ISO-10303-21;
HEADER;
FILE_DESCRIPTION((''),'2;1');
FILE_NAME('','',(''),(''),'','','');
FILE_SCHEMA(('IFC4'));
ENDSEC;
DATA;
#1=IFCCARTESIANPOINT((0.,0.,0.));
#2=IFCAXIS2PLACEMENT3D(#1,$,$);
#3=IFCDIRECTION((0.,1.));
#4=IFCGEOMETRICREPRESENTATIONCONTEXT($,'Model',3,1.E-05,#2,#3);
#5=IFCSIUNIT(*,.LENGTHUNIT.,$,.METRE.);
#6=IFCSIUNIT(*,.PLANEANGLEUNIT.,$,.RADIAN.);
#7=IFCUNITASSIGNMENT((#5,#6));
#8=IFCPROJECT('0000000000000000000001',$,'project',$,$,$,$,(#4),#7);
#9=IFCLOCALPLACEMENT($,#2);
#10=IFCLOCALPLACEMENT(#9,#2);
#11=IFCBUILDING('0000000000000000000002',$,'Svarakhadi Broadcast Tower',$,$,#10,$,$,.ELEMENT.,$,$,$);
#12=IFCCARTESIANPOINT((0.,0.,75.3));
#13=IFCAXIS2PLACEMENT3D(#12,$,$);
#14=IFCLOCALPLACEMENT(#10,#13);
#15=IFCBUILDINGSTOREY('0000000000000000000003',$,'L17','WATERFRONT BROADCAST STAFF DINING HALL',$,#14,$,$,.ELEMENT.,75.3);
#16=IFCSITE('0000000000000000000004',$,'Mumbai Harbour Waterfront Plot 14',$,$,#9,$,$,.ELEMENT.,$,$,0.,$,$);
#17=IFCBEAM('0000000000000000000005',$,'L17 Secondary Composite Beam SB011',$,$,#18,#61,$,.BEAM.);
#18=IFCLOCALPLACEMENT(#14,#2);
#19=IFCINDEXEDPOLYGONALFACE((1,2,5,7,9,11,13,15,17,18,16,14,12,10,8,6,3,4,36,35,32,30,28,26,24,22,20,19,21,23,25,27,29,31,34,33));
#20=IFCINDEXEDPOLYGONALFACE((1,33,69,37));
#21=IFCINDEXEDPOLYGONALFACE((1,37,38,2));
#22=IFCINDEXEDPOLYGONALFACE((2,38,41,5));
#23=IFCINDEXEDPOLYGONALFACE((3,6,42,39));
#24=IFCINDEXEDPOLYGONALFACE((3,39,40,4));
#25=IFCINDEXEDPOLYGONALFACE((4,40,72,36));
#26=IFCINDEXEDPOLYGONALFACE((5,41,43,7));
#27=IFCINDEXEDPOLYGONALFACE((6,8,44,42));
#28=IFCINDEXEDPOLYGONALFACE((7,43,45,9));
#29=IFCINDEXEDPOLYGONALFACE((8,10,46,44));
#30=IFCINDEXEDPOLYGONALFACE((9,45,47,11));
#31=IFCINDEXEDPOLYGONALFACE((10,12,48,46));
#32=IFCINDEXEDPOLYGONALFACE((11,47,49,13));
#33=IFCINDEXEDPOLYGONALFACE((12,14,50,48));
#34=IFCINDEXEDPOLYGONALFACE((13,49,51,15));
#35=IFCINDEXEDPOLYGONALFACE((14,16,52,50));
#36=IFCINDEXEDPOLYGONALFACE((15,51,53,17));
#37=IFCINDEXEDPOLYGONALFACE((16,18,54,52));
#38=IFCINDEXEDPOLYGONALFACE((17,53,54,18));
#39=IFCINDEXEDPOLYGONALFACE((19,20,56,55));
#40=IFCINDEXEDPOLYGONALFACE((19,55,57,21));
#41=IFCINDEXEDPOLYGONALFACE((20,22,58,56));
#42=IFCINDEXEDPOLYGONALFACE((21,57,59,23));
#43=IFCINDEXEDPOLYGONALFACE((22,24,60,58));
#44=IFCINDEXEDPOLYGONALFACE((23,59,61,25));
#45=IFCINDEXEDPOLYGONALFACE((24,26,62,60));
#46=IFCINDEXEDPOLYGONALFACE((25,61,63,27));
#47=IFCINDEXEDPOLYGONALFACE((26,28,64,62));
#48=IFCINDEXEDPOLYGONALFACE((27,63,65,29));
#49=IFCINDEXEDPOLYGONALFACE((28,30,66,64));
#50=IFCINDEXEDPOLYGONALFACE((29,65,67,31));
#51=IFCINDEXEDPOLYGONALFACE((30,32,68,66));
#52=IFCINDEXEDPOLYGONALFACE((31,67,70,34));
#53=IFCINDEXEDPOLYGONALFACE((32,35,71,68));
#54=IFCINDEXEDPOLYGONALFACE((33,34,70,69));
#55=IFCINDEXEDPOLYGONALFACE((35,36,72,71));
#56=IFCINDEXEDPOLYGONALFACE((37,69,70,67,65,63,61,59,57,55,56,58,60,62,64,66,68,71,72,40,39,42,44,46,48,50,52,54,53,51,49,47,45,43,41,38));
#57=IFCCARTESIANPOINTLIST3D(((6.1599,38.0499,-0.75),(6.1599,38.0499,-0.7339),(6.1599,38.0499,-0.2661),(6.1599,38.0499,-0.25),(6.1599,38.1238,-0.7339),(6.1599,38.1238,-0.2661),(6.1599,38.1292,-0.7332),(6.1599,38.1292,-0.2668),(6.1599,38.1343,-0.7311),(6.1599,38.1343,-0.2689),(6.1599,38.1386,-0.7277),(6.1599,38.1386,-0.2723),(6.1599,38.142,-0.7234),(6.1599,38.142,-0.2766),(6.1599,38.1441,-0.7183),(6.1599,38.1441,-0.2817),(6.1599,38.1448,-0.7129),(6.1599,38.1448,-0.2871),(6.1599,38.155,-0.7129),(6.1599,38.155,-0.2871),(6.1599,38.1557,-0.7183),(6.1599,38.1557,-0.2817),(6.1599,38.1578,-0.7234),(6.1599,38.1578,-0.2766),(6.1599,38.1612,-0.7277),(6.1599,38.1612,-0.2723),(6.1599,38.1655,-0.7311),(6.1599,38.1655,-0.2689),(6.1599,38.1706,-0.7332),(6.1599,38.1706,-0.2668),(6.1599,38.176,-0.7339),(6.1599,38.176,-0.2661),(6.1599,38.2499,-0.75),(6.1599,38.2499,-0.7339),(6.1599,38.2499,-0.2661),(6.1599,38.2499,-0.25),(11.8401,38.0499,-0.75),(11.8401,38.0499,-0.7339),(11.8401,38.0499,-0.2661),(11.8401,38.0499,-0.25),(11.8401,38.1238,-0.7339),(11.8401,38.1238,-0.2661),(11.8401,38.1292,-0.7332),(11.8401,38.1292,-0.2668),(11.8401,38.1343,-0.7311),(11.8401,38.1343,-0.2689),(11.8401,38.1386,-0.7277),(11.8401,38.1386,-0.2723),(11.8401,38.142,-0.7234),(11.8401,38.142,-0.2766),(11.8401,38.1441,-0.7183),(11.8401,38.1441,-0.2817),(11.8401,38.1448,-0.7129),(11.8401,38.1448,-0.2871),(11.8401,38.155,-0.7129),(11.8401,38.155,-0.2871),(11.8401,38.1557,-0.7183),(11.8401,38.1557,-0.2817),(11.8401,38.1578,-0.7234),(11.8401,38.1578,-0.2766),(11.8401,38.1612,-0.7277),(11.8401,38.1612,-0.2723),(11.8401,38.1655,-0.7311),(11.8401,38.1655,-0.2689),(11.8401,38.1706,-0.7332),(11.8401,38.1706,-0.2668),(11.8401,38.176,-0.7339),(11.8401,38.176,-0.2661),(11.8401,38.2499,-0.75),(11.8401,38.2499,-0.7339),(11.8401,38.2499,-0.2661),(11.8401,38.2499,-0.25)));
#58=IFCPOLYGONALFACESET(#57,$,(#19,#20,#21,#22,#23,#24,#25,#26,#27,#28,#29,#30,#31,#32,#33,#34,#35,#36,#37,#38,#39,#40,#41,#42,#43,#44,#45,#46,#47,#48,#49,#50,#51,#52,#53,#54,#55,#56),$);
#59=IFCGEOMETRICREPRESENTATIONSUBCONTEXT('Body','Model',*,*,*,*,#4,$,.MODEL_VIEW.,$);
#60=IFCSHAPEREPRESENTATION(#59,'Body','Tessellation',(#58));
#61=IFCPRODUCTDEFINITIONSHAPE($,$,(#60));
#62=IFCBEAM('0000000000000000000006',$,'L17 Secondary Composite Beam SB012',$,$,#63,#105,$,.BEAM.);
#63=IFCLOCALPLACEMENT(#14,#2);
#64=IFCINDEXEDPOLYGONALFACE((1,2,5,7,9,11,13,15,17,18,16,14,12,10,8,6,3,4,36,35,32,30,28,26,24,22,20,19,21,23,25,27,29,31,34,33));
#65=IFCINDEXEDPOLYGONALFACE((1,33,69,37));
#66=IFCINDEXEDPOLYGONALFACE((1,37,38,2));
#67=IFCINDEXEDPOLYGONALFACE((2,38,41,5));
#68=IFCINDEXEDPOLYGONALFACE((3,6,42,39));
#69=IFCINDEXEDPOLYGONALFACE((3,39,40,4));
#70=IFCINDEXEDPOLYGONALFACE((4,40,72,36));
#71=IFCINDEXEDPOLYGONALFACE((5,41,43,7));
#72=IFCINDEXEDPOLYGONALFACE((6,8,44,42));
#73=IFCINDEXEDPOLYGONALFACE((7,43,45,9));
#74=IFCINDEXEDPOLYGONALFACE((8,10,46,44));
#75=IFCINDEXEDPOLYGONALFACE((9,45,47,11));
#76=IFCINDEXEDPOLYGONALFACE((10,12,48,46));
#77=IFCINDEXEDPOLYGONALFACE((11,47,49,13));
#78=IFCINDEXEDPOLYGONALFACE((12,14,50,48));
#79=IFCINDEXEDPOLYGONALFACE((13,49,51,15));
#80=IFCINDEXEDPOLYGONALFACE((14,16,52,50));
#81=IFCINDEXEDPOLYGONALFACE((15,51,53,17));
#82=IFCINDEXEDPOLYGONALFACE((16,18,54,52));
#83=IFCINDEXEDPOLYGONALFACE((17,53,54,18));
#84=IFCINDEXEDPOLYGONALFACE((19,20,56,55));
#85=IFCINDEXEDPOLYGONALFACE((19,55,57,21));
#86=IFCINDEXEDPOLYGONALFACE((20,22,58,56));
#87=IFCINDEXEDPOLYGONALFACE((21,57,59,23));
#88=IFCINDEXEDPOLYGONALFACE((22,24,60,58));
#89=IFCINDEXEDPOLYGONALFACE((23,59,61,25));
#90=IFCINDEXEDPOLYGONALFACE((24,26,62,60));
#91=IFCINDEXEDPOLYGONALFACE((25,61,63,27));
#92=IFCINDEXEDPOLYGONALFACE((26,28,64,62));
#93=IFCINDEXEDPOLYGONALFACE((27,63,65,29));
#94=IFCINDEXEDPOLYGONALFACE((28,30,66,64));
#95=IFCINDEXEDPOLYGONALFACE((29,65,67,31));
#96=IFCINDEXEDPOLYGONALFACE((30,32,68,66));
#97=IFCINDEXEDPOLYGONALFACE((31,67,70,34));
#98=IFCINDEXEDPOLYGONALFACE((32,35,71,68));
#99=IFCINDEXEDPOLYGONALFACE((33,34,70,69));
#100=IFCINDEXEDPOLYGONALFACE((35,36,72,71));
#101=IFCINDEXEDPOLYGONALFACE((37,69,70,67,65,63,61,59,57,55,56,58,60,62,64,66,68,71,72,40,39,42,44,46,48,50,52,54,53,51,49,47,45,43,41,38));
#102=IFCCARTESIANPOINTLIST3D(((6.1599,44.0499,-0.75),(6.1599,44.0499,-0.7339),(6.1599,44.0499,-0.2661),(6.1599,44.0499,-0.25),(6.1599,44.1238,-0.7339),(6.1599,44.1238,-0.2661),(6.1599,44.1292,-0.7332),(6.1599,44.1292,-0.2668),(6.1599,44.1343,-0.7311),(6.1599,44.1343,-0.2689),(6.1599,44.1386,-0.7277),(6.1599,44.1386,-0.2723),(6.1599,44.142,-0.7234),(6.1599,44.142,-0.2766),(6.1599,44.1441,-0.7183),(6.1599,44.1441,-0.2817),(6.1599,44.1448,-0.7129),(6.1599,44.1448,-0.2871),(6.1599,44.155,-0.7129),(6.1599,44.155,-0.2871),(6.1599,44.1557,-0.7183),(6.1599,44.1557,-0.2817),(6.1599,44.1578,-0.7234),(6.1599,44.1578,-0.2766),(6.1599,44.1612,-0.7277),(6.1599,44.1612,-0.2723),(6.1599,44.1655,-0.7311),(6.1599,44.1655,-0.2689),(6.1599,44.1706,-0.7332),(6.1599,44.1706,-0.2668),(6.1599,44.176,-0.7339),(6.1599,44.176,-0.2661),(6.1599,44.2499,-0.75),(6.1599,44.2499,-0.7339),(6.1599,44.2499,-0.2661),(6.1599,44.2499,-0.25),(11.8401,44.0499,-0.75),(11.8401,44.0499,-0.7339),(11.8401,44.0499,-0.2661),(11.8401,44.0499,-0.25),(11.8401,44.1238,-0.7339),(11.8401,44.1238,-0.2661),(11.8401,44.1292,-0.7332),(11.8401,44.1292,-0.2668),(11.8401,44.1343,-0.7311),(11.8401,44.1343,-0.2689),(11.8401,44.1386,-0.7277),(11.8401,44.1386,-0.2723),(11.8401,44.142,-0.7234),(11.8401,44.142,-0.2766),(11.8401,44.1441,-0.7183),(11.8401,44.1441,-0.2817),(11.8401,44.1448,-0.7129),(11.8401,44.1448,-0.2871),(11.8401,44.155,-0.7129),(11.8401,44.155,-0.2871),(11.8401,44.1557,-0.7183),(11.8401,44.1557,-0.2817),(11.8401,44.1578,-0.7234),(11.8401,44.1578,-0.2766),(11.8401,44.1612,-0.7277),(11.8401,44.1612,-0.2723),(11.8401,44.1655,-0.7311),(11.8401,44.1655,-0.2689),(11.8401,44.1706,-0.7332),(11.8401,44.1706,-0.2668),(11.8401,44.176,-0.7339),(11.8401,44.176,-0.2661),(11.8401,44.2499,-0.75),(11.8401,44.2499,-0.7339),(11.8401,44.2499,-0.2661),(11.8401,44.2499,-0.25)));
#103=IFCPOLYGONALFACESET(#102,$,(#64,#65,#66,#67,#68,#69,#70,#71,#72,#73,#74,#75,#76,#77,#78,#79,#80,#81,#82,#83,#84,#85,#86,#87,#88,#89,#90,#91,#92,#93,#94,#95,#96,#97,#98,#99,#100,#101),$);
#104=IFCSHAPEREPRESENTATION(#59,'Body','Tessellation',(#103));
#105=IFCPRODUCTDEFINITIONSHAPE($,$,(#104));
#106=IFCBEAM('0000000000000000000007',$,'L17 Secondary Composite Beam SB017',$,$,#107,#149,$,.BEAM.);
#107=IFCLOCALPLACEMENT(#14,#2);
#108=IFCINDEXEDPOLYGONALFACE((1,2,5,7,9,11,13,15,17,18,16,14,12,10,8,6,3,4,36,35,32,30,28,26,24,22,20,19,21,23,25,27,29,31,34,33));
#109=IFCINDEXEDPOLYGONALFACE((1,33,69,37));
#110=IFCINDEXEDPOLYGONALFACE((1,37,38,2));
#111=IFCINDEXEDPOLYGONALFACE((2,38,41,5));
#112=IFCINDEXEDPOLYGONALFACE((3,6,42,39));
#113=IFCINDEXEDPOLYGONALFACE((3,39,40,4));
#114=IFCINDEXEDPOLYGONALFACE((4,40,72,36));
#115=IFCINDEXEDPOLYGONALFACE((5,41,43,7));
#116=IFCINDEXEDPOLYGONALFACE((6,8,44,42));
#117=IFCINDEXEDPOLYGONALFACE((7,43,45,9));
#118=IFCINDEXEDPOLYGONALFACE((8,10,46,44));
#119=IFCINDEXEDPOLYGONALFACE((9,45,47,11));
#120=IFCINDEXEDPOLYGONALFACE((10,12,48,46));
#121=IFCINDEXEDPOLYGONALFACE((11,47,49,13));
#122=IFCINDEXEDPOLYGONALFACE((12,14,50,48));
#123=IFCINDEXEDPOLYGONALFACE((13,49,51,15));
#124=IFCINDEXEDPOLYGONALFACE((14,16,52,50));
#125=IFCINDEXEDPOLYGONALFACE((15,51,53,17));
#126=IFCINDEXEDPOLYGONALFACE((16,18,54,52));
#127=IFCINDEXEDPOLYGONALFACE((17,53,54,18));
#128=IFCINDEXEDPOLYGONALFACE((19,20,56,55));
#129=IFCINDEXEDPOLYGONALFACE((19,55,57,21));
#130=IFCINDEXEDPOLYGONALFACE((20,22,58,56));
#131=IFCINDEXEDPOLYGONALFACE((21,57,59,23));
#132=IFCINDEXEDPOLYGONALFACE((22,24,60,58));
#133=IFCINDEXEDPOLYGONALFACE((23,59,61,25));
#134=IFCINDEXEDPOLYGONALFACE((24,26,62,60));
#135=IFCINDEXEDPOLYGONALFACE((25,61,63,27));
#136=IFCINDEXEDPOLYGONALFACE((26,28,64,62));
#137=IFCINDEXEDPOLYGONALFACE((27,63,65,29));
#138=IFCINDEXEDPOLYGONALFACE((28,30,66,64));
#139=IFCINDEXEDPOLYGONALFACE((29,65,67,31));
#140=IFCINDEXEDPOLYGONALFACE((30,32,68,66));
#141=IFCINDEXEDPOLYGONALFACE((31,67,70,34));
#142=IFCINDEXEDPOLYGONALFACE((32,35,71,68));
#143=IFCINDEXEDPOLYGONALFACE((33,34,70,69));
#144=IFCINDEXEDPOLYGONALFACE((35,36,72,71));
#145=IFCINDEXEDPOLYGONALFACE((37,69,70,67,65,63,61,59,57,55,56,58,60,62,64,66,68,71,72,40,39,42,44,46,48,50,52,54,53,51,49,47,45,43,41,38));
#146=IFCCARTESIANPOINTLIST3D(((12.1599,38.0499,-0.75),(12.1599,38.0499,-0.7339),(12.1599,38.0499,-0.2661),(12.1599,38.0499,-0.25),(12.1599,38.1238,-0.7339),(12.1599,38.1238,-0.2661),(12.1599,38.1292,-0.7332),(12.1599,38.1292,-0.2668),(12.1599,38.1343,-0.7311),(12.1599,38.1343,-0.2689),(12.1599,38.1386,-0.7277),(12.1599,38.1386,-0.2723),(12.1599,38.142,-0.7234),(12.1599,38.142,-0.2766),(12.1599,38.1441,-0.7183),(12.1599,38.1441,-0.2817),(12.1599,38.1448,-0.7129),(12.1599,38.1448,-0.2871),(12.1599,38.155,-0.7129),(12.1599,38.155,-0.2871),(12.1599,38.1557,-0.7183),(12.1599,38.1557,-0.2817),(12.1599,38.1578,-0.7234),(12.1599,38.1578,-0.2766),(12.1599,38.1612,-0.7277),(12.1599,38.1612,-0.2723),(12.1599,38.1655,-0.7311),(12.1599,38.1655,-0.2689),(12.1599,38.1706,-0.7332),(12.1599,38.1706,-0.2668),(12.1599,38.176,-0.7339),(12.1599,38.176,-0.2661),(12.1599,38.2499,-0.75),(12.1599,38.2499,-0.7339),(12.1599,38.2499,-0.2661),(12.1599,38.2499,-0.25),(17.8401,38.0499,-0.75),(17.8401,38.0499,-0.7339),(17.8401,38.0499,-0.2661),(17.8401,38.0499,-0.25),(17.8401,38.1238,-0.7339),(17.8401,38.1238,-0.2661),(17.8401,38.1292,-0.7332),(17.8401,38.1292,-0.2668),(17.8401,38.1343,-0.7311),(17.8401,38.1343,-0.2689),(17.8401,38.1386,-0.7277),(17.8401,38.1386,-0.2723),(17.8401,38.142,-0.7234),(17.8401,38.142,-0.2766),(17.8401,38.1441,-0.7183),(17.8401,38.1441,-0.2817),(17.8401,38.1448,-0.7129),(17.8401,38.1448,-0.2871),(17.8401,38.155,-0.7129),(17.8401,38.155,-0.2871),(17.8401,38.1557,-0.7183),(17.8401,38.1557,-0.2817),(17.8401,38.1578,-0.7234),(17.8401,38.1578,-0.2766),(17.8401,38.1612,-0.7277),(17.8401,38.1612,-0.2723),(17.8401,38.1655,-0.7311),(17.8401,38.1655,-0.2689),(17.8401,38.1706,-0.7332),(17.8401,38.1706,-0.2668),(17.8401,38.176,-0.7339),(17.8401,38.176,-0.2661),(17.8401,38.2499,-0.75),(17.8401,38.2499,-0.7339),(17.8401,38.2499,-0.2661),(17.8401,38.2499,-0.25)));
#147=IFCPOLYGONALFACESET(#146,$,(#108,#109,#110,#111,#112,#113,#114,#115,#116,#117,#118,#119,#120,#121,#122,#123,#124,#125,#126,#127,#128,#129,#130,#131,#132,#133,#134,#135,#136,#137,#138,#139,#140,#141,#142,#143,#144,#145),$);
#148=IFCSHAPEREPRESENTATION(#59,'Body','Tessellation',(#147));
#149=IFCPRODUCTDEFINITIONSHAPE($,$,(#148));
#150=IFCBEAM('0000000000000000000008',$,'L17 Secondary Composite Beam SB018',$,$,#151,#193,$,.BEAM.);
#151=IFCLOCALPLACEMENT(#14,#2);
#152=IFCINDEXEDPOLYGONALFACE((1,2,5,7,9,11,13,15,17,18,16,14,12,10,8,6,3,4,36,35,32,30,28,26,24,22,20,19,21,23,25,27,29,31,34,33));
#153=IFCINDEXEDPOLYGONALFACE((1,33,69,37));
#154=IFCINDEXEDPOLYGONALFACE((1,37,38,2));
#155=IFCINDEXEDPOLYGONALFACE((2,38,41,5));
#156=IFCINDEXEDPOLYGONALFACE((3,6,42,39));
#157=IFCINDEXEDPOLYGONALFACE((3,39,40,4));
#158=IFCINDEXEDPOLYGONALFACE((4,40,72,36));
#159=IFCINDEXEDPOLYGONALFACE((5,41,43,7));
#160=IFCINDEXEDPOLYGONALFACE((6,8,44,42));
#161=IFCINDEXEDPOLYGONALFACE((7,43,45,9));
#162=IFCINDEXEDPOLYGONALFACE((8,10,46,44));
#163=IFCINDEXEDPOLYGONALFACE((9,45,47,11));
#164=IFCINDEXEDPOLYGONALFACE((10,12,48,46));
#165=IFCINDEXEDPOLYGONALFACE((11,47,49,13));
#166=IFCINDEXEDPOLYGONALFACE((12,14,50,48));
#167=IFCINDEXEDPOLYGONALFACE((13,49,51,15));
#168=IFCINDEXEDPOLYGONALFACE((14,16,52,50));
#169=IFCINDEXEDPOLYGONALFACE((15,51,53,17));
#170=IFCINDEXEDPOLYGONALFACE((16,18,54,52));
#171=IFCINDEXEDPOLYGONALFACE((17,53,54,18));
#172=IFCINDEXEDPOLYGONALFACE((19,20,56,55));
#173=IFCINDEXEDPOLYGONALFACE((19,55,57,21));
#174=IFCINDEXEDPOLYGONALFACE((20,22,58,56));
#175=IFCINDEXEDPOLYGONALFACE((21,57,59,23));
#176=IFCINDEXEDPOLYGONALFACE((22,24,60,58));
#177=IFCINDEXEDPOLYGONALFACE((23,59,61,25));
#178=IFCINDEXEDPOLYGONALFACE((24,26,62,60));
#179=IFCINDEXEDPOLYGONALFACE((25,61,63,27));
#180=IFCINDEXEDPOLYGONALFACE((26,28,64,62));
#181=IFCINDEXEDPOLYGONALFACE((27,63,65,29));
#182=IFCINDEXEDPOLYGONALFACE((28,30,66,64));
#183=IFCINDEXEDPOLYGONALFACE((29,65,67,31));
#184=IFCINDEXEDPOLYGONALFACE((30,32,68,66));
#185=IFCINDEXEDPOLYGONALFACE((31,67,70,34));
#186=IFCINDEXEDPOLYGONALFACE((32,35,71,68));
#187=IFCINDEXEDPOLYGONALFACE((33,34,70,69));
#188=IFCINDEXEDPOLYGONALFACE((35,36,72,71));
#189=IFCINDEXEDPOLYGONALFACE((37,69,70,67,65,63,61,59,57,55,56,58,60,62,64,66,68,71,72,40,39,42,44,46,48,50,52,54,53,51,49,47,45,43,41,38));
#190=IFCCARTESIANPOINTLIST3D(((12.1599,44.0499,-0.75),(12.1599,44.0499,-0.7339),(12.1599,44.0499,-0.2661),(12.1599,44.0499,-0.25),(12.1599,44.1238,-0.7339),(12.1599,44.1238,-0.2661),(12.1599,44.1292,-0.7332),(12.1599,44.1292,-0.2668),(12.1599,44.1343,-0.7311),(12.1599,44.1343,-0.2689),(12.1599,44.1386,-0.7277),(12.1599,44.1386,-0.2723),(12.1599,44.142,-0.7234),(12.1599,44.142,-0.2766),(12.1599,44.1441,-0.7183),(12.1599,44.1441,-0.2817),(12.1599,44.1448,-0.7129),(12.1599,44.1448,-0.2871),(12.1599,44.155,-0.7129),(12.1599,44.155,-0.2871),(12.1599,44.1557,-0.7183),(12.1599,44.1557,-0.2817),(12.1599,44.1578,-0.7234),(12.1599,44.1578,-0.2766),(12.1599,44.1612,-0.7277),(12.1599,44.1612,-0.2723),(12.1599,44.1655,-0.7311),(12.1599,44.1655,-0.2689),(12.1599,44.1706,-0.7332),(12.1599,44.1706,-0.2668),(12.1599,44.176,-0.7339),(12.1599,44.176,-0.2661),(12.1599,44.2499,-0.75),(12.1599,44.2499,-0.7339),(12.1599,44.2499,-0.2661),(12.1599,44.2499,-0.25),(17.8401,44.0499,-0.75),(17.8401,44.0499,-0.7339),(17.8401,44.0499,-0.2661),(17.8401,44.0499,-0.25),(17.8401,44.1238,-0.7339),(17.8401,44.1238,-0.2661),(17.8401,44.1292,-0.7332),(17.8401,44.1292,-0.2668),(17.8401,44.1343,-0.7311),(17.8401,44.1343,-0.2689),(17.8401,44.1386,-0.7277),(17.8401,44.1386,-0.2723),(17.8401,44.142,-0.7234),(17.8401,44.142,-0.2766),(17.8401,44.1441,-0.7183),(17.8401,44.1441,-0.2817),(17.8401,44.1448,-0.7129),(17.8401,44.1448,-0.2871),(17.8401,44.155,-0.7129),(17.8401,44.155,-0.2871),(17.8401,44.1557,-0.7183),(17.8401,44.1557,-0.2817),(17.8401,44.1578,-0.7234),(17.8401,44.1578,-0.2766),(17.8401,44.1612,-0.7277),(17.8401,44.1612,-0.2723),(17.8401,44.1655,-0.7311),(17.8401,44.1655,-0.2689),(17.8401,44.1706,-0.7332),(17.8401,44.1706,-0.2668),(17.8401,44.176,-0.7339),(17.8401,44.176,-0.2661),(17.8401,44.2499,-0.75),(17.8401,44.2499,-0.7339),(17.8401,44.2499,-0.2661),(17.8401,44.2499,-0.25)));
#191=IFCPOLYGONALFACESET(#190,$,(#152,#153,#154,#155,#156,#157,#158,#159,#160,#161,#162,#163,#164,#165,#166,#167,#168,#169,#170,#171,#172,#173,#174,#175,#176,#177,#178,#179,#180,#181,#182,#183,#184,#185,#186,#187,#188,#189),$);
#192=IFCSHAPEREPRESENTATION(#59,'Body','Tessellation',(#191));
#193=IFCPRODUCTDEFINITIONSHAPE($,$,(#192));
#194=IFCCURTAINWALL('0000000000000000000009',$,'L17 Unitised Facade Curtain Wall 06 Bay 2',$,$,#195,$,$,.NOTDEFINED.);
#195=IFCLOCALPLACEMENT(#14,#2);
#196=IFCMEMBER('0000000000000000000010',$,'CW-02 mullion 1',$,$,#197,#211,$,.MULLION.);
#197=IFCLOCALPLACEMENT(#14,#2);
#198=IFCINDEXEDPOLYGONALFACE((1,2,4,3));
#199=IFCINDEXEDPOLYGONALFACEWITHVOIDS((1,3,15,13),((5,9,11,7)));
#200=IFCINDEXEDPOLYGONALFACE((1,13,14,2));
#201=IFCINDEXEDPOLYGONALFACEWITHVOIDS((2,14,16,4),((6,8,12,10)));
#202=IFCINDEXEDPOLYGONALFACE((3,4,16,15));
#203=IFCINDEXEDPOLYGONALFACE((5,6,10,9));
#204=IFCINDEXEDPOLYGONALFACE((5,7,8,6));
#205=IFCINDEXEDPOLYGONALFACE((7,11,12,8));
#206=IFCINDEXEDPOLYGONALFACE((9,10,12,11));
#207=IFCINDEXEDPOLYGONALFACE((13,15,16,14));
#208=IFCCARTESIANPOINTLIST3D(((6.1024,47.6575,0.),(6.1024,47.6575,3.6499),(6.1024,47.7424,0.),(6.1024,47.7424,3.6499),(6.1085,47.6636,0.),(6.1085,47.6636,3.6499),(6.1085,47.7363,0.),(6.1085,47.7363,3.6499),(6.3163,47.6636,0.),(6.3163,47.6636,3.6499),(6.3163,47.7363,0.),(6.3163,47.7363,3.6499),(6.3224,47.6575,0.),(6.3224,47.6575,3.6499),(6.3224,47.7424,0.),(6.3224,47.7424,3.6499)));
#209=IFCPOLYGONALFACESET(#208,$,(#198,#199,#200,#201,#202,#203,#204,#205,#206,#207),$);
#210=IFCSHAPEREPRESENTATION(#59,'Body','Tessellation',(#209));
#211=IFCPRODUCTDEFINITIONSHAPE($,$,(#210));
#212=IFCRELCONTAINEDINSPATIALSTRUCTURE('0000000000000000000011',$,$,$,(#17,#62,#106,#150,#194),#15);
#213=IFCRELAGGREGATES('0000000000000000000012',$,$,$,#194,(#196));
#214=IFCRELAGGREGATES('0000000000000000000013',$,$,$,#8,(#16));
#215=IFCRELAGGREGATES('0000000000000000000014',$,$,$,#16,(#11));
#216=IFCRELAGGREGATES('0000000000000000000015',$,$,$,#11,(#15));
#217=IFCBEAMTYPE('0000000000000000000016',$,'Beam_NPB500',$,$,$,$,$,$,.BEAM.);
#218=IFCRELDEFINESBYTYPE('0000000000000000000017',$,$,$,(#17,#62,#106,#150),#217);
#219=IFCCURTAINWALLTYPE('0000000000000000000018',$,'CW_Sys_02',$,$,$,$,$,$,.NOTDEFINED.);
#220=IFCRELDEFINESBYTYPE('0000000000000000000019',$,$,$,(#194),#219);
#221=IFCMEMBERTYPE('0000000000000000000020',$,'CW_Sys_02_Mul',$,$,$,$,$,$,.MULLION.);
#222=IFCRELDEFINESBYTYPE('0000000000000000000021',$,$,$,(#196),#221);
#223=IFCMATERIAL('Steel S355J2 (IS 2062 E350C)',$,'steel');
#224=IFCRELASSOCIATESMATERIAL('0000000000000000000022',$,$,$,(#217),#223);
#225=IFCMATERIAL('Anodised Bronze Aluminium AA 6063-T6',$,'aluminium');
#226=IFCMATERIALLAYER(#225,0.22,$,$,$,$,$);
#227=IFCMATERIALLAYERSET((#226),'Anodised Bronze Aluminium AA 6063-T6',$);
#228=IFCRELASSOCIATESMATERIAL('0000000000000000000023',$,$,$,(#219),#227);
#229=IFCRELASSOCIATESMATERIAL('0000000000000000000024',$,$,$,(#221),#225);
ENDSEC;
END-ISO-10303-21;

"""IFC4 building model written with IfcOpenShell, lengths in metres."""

from ifc_helpers import new_model, si_unit, direction, frame, origin, origin_2d, place, context, subcontext, project, spatial, hollow_rectangle, i_section, extrude, material, layer, layer_set, material_profile, profile_set, type_object, element, aggregate, save


model = new_model("IFC4")

# Units and contexts
model_context = context("Model", 3, precision=1e-05, world=origin(), true_north=direction((0.0, 1.0)))
body_context = subcontext(model_context, "Body", "Model", "MODEL_VIEW")
ifc_project = project(units=[si_unit("LENGTHUNIT", "METRE"), si_unit("PLANEANGLEUNIT", "RADIAN")], contexts=[model_context])

# Site, building, storey
site_placement = place(None, origin())
site = spatial("IfcSite", under=ifc_project, at=site_placement, Name="Mumbai Harbour Waterfront Plot 14", CompositionType="ELEMENT", RefElevation=0.0)
building_placement = place(site_placement, origin())
building = spatial("IfcBuilding", under=site, at=building_placement, Name="Svarakhadi Broadcast Tower", CompositionType="ELEMENT")
storey_placement = place(building_placement, frame((0.0, 0.0, 75.3)))
storey = spatial("IfcBuildingStorey", under=building, at=storey_placement, Name="L17", Description="WATERFRONT BROADCAST STAFF DINING HALL", CompositionType="ELEMENT", Elevation=75.3)

# Beams
ifc_material_1 = material(Name="Steel S355J2 (IS 2062 E350C)", Category="steel")
ifc_material_profile_1 = material_profile(ifc_material_1, i_section(OverallWidth=0.2, OverallDepth=0.5, WebThickness=0.0103, FlangeThickness=0.0161, FilletRadius=0.021, at=origin_2d()), Name="NPB 500x200x91")
ifc_profile_set_1 = profile_set([ifc_material_profile_1], Name="Steel S355J2 (IS 2062 E350C)")
beam_type_1 = type_object("IfcBeamType", Name="Beam_NPB500", PredefinedType="BEAM", material=ifc_profile_set_1)
for number, where, z_axis, x_axis, name in (
    (1, (6.1599, 38.1499, -0.5), (1.0, 0.0, 0.0), (0.0, 1.0, 0.0), "L17 Secondary Composite Beam SB011"),
    (2, (6.1599, 44.1499, -0.5), (1.0, 0.0, 0.0), (0.0, 1.0, 0.0), "L17 Secondary Composite Beam SB012"),
    (3, (12.1599, 38.1499, -0.5), (1.0, 0.0, 0.0), (0.0, 1.0, 0.0), "L17 Secondary Composite Beam SB017"),
    (4, (12.1599, 44.1499, -0.5), (1.0, 0.0, 0.0), (0.0, 1.0, 0.0), "L17 Secondary Composite Beam SB018"),
):
    element("IfcBeam", number, at=place(storey_placement, frame(where, z_axis=z_axis, x_axis=x_axis)), inside=storey, type_object=beam_type_1, Name=name, PredefinedType="BEAM", context=body_context, shape_type="SweptSolid", body=[
        extrude(i_section(OverallWidth=0.2, OverallDepth=0.5, WebThickness=0.0103, FlangeThickness=0.0161, FilletRadius=0.021, at=origin_2d()), origin(), (0.0, 0.0, 1.0), 5.6802),
    ])

# Curtain wall, member
ifc_material_2 = material(Name="Anodised Bronze Aluminium AA 6063-T6", Category="aluminium")
ifc_layer_1 = layer(ifc_material_2, 0.22)
ifc_layer_set_1 = layer_set([ifc_layer_1], Name="Anodised Bronze Aluminium AA 6063-T6")
curtain_wall_type = type_object("IfcCurtainWallType", Name="CW_Sys_02", PredefinedType="NOTDEFINED", material=ifc_layer_set_1)
curtain_wall_1_placement = place(storey_placement, origin())
curtain_wall_1 = element("IfcCurtainWall", 5, at=curtain_wall_1_placement, inside=storey, type_object=curtain_wall_type, Name="L17 Unitised Facade Curtain Wall 06 Bay 2", PredefinedType="NOTDEFINED")
ifc_material_profile_2 = material_profile(ifc_material_2, hollow_rectangle(XDim=0.085, YDim=0.22, WallThickness=0.0061, at=origin_2d()), Name="ALU MULLION 220x85x6")
ifc_profile_set_2 = profile_set([ifc_material_profile_2], Name="Anodised Bronze Aluminium AA 6063-T6")
member_type_1 = type_object("IfcMemberType", Name="CW_Sys_02_Mul", PredefinedType="MULLION", material=ifc_profile_set_2)
member_1_placement = place(storey_placement, frame((6.2124, 47.7, 0.0), z_axis=(0.0, 0.0, 1.0), x_axis=(0.0, 1.0, 0.0)))
member_1 = element("IfcMember", 6, at=member_1_placement, type_object=member_type_1, Name="CW-02 mullion 1", PredefinedType="MULLION", context=body_context, shape_type="SweptSolid", body=[
    extrude(hollow_rectangle(XDim=0.085, YDim=0.22, WallThickness=0.0061, at=origin_2d()), origin(), (0.0, 0.0, 1.0), 3.6499),
])

aggregate(curtain_wall_1, [member_1])

save(model, "model.ifc")
